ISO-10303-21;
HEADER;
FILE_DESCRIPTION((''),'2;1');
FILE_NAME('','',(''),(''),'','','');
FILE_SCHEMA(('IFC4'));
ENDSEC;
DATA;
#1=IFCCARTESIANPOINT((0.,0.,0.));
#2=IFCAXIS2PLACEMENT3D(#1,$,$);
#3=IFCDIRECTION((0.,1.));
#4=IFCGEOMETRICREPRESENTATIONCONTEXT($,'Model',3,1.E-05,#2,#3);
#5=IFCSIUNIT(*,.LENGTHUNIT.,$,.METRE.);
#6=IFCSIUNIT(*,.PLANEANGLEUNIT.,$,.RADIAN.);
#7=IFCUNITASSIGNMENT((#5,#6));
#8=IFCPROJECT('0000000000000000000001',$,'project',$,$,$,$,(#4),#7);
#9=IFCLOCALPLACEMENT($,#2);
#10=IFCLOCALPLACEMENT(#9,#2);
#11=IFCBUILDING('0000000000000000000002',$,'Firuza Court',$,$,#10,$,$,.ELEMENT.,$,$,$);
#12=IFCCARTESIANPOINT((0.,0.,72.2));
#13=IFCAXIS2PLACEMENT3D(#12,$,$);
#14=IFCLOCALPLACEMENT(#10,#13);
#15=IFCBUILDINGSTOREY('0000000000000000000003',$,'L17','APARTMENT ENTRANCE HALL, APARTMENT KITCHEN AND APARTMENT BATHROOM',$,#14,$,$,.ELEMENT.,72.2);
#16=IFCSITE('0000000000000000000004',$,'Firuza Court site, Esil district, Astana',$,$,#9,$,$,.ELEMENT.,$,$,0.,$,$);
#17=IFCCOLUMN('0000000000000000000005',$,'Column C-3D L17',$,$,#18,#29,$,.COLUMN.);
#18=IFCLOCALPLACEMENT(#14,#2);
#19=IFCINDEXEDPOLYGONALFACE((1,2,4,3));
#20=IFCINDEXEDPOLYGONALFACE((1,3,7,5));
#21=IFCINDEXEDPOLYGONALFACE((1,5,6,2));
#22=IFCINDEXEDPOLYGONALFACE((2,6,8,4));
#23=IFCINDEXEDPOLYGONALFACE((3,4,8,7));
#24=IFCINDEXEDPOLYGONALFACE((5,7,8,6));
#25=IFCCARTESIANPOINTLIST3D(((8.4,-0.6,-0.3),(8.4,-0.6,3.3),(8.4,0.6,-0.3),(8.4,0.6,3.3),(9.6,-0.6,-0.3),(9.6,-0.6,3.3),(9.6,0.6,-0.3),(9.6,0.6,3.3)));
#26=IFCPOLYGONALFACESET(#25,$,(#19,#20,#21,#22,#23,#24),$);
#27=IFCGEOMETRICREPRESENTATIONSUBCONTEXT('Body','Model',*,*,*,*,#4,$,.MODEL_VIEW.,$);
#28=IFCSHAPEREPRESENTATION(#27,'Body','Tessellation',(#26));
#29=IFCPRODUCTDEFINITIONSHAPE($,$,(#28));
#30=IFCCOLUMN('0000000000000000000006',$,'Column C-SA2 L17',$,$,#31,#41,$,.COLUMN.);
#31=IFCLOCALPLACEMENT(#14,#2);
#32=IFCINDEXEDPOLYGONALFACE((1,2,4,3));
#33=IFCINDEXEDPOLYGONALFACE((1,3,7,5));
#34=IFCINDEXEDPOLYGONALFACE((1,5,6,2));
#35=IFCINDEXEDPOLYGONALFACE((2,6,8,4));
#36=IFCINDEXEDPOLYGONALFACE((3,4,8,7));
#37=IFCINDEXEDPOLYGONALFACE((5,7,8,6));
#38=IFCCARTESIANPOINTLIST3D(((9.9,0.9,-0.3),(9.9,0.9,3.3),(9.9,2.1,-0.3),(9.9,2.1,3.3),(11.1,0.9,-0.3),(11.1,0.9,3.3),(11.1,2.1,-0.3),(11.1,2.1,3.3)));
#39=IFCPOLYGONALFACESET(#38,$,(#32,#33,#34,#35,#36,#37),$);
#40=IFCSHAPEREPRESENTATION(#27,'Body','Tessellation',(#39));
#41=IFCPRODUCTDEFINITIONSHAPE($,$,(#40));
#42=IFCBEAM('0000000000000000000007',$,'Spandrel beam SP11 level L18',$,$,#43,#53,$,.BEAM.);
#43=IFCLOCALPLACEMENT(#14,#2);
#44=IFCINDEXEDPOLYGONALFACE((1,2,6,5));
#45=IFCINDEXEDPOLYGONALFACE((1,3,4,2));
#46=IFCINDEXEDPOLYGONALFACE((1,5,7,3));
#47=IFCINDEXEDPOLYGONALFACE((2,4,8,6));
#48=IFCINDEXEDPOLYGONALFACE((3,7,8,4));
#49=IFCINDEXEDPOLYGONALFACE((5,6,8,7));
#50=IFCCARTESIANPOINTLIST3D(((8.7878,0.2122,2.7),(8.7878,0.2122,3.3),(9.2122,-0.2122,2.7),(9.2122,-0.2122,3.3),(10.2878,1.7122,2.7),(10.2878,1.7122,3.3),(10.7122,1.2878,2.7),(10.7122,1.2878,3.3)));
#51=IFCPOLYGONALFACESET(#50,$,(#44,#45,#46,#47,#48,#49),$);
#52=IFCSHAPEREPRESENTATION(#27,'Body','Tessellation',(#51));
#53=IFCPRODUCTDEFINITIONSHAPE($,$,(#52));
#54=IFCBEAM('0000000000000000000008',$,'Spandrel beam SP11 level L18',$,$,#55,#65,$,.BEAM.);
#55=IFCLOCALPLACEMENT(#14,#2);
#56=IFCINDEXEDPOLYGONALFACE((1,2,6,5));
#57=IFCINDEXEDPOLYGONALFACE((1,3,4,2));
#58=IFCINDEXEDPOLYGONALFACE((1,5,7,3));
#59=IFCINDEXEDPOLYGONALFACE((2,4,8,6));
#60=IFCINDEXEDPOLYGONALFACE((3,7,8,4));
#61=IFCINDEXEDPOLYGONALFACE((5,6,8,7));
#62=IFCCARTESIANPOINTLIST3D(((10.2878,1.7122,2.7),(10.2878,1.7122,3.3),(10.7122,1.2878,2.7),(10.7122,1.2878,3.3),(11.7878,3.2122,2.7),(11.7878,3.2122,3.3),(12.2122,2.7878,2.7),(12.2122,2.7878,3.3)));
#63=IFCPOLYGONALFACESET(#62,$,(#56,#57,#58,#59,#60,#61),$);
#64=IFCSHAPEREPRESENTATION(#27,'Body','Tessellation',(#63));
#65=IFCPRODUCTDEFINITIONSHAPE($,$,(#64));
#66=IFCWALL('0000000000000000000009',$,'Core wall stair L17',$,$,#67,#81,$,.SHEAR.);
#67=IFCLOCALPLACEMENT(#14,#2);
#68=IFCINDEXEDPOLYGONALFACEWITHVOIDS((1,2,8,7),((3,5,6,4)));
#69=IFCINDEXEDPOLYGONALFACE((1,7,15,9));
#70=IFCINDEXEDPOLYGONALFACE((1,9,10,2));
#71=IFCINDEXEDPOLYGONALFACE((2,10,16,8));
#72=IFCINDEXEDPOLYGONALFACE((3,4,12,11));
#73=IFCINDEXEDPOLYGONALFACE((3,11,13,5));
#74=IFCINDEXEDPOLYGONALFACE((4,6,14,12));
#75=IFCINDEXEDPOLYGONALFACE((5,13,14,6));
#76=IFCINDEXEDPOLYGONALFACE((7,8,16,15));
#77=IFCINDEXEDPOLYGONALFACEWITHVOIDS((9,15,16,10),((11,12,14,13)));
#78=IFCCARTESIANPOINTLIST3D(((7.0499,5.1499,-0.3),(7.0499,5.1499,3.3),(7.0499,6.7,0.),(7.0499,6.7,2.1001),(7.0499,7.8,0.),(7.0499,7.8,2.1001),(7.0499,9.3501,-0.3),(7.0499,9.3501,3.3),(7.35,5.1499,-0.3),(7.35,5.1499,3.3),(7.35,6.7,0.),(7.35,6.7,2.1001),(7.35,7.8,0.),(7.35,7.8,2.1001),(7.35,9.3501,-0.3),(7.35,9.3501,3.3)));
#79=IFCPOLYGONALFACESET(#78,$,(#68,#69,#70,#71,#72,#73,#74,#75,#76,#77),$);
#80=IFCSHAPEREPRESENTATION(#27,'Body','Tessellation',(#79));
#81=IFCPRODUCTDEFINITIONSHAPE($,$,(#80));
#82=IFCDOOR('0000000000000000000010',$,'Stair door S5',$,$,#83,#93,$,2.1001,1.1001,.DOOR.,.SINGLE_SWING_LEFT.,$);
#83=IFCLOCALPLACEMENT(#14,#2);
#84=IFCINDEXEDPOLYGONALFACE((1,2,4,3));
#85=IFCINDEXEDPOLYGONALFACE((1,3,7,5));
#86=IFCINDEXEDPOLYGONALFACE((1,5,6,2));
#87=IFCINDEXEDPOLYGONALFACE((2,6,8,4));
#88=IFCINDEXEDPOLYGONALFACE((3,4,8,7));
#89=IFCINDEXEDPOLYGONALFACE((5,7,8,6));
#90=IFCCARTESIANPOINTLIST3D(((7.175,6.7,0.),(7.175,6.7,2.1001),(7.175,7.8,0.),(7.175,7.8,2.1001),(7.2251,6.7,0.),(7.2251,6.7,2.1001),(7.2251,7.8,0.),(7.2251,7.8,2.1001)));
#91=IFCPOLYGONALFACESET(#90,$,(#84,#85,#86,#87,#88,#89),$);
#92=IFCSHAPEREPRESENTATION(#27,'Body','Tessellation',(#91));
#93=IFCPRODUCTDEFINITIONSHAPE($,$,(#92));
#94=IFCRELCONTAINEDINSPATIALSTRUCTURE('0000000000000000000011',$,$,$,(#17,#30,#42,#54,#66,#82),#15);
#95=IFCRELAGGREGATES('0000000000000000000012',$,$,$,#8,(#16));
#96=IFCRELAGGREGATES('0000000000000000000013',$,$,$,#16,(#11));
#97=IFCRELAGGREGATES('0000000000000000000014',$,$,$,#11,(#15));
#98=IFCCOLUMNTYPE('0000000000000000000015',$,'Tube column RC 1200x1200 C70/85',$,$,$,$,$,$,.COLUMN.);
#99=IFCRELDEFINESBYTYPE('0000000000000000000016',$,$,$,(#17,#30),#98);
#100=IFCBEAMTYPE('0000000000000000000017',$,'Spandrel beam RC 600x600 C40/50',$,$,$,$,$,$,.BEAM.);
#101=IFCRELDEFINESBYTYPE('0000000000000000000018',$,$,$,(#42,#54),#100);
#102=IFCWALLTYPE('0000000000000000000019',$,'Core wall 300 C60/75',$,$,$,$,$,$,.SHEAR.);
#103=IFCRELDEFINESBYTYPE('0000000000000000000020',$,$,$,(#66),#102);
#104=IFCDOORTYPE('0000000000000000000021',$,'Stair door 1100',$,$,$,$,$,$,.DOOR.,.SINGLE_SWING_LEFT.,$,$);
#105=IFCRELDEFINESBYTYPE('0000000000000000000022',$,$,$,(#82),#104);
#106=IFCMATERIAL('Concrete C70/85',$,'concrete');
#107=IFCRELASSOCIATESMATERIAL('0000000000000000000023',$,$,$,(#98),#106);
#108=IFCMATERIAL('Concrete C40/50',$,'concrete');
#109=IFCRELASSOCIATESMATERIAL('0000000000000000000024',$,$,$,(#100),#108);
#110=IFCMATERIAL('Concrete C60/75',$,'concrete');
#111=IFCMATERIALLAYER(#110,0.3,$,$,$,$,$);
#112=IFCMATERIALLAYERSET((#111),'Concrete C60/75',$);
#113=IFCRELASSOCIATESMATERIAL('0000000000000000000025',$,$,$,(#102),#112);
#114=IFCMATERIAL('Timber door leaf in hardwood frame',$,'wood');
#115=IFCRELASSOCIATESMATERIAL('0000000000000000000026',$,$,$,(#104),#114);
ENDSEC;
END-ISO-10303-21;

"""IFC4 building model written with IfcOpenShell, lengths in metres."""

from ifc_helpers import new_model, si_unit, direction, frame, frame_2d, origin, origin_2d, place, context, subcontext, project, spatial, rectangle, extrude, material, layer, layer_set, material_profile, profile_set, type_object, element, fill, save


model = new_model("IFC4")

# Units and contexts
model_context = context("Model", 3, precision=1e-05, world=origin(), true_north=direction((0.0, 1.0)))
body_context = subcontext(model_context, "Body", "Model", "MODEL_VIEW")
ifc_project = project(units=[si_unit("LENGTHUNIT", "METRE"), si_unit("PLANEANGLEUNIT", "RADIAN")], contexts=[model_context])

# Site, building, storey
site_placement = place(None, origin())
site = spatial("IfcSite", under=ifc_project, at=site_placement, Name="Firuza Court site, Esil district, Astana", CompositionType="ELEMENT", RefElevation=0.0)
building_placement = place(site_placement, origin())
building = spatial("IfcBuilding", under=site, at=building_placement, Name="Firuza Court", CompositionType="ELEMENT")
storey_placement = place(building_placement, frame((0.0, 0.0, 72.2)))
storey = spatial("IfcBuildingStorey", under=building, at=storey_placement, Name="L17", Description="APARTMENT ENTRANCE HALL, APARTMENT KITCHEN AND APARTMENT BATHROOM", CompositionType="ELEMENT", Elevation=72.2)

# Columns
ifc_material_1 = material(Name="Concrete C70/85", Category="concrete")
ifc_material_profile_1 = material_profile(ifc_material_1, rectangle(XDim=1.2, YDim=1.2, at=origin_2d()), Name="RC 1200x1200")
ifc_profile_set_1 = profile_set([ifc_material_profile_1], Name="Concrete C70/85")
column_type = type_object("IfcColumnType", Name="Tube column RC 1200x1200 C70/85", PredefinedType="COLUMN", material=ifc_profile_set_1)
for number, where, z_axis, x_axis, name in (
    (1, (9.0, 0.0, -0.3), (0.0, 0.0, 1.0), (1.0, 0.0, 0.0), "Column C-3D L17"),
    (2, (10.5, 1.5, -0.3), (0.0, 0.0, 1.0), (1.0, 0.0, 0.0), "Column C-SA2 L17"),
):
    element("IfcColumn", number, at=place(storey_placement, frame(where, z_axis=z_axis, x_axis=x_axis)), inside=storey, type_object=column_type, Name=name, PredefinedType="COLUMN", context=body_context, shape_type="SweptSolid", body=[
        extrude(rectangle(XDim=1.2, YDim=1.2, at=origin_2d()), origin(), (0.0, 0.0, 1.0), 3.6001),
    ])

# Beams
ifc_material_2 = material(Name="Concrete C40/50", Category="concrete")
ifc_material_profile_2 = material_profile(ifc_material_2, rectangle(XDim=0.6001, YDim=0.6001, at=origin_2d()), Name="RC 600x600")
ifc_profile_set_2 = profile_set([ifc_material_profile_2], Name="Concrete C40/50")
beam_type = type_object("IfcBeamType", Name="Spandrel beam RC 600x600 C40/50", PredefinedType="BEAM", material=ifc_profile_set_2)
for number, where, z_axis, x_axis, name in (
    (3, (9.0, 0.0, 3.0), (0.707107, 0.707107, 0.0), (-0.707107, 0.707107, 0.0), "Spandrel beam SP11 level L18"),
    (4, (10.5, 1.5, 3.0), (0.707107, 0.707107, 0.0), (-0.707107, 0.707107, 0.0), "Spandrel beam SP11 level L18"),
):
    element("IfcBeam", number, at=place(storey_placement, frame(where, z_axis=z_axis, x_axis=x_axis)), inside=storey, type_object=beam_type, Name=name, PredefinedType="BEAM", context=body_context, shape_type="SweptSolid", body=[
        extrude(rectangle(XDim=0.6001, YDim=0.6001, at=origin_2d()), origin(), (0.0, 0.0, 1.0), 2.1213),
    ])

# Wall, opening, door
ifc_material_3 = material(Name="Concrete C60/75", Category="concrete")
ifc_layer_1 = layer(ifc_material_3, 0.3)
ifc_layer_set_1 = layer_set([ifc_layer_1], Name="Concrete C60/75")
wall_type_1 = type_object("IfcWallType", Name="Core wall 300 C60/75", PredefinedType="SHEAR", material=ifc_layer_set_1)
wall_1_placement = place(storey_placement, frame((7.2, 5.1499, -0.3), z_axis=(0.0, 0.0, 1.0), x_axis=(0.0, 1.0, 0.0)))
wall_1 = element("IfcWall", 5, at=wall_1_placement, inside=storey, type_object=wall_type_1, Name="Core wall stair L17", PredefinedType="SHEAR", context=body_context, shape_type="SweptSolid", body=[
    extrude(rectangle(XDim=4.2002, YDim=0.3, at=frame_2d((2.1001, 0.0))), origin(), (0.0, 0.0, 1.0), 3.6001),
])
opening_1_placement = place(wall_1_placement, frame((1.55, 0.0, 0.3)))
opening_1 = element("IfcOpeningElement", 6, at=opening_1_placement, cuts=wall_1, PredefinedType="OPENING", context=body_context, shape_type="SweptSolid", body=[
    extrude(rectangle(XDim=1.1001, YDim=2.1001, at=frame_2d((0.55, 1.05))), frame((0.0, 0.1621, 0.0), z_axis=(0.0, -1.0, 0.0), x_axis=(1.0, 0.0, 0.0)), (0.0, 0.0, 1.0), 0.324),
])
ifc_material_4 = material(Name="Timber door leaf in hardwood frame", Category="wood")
door_type_1 = type_object("IfcDoorType", Name="Stair door 1100", OperationType="SINGLE_SWING_LEFT", PredefinedType="DOOR", material=ifc_material_4)
door_1_placement = place(opening_1_placement, origin())
door_1 = element("IfcDoor", 7, at=door_1_placement, inside=storey, type_object=door_type_1, Name="Stair door S5", OperationType="SINGLE_SWING_LEFT", OverallHeight=2.1001, OverallWidth=1.1001, PredefinedType="DOOR", context=body_context, shape_type="SweptSolid", body=[
    extrude(rectangle(XDim=1.1001, YDim=2.1001, at=frame_2d((0.55, 1.05))), frame((0.0, 0.0249, 0.0), z_axis=(0.0, -1.0, 0.0), x_axis=(1.0, 0.0, 0.0)), (0.0, 0.0, 1.0), 0.05),
])
fill(opening_1, door_1)

save(model, "model.ifc")
